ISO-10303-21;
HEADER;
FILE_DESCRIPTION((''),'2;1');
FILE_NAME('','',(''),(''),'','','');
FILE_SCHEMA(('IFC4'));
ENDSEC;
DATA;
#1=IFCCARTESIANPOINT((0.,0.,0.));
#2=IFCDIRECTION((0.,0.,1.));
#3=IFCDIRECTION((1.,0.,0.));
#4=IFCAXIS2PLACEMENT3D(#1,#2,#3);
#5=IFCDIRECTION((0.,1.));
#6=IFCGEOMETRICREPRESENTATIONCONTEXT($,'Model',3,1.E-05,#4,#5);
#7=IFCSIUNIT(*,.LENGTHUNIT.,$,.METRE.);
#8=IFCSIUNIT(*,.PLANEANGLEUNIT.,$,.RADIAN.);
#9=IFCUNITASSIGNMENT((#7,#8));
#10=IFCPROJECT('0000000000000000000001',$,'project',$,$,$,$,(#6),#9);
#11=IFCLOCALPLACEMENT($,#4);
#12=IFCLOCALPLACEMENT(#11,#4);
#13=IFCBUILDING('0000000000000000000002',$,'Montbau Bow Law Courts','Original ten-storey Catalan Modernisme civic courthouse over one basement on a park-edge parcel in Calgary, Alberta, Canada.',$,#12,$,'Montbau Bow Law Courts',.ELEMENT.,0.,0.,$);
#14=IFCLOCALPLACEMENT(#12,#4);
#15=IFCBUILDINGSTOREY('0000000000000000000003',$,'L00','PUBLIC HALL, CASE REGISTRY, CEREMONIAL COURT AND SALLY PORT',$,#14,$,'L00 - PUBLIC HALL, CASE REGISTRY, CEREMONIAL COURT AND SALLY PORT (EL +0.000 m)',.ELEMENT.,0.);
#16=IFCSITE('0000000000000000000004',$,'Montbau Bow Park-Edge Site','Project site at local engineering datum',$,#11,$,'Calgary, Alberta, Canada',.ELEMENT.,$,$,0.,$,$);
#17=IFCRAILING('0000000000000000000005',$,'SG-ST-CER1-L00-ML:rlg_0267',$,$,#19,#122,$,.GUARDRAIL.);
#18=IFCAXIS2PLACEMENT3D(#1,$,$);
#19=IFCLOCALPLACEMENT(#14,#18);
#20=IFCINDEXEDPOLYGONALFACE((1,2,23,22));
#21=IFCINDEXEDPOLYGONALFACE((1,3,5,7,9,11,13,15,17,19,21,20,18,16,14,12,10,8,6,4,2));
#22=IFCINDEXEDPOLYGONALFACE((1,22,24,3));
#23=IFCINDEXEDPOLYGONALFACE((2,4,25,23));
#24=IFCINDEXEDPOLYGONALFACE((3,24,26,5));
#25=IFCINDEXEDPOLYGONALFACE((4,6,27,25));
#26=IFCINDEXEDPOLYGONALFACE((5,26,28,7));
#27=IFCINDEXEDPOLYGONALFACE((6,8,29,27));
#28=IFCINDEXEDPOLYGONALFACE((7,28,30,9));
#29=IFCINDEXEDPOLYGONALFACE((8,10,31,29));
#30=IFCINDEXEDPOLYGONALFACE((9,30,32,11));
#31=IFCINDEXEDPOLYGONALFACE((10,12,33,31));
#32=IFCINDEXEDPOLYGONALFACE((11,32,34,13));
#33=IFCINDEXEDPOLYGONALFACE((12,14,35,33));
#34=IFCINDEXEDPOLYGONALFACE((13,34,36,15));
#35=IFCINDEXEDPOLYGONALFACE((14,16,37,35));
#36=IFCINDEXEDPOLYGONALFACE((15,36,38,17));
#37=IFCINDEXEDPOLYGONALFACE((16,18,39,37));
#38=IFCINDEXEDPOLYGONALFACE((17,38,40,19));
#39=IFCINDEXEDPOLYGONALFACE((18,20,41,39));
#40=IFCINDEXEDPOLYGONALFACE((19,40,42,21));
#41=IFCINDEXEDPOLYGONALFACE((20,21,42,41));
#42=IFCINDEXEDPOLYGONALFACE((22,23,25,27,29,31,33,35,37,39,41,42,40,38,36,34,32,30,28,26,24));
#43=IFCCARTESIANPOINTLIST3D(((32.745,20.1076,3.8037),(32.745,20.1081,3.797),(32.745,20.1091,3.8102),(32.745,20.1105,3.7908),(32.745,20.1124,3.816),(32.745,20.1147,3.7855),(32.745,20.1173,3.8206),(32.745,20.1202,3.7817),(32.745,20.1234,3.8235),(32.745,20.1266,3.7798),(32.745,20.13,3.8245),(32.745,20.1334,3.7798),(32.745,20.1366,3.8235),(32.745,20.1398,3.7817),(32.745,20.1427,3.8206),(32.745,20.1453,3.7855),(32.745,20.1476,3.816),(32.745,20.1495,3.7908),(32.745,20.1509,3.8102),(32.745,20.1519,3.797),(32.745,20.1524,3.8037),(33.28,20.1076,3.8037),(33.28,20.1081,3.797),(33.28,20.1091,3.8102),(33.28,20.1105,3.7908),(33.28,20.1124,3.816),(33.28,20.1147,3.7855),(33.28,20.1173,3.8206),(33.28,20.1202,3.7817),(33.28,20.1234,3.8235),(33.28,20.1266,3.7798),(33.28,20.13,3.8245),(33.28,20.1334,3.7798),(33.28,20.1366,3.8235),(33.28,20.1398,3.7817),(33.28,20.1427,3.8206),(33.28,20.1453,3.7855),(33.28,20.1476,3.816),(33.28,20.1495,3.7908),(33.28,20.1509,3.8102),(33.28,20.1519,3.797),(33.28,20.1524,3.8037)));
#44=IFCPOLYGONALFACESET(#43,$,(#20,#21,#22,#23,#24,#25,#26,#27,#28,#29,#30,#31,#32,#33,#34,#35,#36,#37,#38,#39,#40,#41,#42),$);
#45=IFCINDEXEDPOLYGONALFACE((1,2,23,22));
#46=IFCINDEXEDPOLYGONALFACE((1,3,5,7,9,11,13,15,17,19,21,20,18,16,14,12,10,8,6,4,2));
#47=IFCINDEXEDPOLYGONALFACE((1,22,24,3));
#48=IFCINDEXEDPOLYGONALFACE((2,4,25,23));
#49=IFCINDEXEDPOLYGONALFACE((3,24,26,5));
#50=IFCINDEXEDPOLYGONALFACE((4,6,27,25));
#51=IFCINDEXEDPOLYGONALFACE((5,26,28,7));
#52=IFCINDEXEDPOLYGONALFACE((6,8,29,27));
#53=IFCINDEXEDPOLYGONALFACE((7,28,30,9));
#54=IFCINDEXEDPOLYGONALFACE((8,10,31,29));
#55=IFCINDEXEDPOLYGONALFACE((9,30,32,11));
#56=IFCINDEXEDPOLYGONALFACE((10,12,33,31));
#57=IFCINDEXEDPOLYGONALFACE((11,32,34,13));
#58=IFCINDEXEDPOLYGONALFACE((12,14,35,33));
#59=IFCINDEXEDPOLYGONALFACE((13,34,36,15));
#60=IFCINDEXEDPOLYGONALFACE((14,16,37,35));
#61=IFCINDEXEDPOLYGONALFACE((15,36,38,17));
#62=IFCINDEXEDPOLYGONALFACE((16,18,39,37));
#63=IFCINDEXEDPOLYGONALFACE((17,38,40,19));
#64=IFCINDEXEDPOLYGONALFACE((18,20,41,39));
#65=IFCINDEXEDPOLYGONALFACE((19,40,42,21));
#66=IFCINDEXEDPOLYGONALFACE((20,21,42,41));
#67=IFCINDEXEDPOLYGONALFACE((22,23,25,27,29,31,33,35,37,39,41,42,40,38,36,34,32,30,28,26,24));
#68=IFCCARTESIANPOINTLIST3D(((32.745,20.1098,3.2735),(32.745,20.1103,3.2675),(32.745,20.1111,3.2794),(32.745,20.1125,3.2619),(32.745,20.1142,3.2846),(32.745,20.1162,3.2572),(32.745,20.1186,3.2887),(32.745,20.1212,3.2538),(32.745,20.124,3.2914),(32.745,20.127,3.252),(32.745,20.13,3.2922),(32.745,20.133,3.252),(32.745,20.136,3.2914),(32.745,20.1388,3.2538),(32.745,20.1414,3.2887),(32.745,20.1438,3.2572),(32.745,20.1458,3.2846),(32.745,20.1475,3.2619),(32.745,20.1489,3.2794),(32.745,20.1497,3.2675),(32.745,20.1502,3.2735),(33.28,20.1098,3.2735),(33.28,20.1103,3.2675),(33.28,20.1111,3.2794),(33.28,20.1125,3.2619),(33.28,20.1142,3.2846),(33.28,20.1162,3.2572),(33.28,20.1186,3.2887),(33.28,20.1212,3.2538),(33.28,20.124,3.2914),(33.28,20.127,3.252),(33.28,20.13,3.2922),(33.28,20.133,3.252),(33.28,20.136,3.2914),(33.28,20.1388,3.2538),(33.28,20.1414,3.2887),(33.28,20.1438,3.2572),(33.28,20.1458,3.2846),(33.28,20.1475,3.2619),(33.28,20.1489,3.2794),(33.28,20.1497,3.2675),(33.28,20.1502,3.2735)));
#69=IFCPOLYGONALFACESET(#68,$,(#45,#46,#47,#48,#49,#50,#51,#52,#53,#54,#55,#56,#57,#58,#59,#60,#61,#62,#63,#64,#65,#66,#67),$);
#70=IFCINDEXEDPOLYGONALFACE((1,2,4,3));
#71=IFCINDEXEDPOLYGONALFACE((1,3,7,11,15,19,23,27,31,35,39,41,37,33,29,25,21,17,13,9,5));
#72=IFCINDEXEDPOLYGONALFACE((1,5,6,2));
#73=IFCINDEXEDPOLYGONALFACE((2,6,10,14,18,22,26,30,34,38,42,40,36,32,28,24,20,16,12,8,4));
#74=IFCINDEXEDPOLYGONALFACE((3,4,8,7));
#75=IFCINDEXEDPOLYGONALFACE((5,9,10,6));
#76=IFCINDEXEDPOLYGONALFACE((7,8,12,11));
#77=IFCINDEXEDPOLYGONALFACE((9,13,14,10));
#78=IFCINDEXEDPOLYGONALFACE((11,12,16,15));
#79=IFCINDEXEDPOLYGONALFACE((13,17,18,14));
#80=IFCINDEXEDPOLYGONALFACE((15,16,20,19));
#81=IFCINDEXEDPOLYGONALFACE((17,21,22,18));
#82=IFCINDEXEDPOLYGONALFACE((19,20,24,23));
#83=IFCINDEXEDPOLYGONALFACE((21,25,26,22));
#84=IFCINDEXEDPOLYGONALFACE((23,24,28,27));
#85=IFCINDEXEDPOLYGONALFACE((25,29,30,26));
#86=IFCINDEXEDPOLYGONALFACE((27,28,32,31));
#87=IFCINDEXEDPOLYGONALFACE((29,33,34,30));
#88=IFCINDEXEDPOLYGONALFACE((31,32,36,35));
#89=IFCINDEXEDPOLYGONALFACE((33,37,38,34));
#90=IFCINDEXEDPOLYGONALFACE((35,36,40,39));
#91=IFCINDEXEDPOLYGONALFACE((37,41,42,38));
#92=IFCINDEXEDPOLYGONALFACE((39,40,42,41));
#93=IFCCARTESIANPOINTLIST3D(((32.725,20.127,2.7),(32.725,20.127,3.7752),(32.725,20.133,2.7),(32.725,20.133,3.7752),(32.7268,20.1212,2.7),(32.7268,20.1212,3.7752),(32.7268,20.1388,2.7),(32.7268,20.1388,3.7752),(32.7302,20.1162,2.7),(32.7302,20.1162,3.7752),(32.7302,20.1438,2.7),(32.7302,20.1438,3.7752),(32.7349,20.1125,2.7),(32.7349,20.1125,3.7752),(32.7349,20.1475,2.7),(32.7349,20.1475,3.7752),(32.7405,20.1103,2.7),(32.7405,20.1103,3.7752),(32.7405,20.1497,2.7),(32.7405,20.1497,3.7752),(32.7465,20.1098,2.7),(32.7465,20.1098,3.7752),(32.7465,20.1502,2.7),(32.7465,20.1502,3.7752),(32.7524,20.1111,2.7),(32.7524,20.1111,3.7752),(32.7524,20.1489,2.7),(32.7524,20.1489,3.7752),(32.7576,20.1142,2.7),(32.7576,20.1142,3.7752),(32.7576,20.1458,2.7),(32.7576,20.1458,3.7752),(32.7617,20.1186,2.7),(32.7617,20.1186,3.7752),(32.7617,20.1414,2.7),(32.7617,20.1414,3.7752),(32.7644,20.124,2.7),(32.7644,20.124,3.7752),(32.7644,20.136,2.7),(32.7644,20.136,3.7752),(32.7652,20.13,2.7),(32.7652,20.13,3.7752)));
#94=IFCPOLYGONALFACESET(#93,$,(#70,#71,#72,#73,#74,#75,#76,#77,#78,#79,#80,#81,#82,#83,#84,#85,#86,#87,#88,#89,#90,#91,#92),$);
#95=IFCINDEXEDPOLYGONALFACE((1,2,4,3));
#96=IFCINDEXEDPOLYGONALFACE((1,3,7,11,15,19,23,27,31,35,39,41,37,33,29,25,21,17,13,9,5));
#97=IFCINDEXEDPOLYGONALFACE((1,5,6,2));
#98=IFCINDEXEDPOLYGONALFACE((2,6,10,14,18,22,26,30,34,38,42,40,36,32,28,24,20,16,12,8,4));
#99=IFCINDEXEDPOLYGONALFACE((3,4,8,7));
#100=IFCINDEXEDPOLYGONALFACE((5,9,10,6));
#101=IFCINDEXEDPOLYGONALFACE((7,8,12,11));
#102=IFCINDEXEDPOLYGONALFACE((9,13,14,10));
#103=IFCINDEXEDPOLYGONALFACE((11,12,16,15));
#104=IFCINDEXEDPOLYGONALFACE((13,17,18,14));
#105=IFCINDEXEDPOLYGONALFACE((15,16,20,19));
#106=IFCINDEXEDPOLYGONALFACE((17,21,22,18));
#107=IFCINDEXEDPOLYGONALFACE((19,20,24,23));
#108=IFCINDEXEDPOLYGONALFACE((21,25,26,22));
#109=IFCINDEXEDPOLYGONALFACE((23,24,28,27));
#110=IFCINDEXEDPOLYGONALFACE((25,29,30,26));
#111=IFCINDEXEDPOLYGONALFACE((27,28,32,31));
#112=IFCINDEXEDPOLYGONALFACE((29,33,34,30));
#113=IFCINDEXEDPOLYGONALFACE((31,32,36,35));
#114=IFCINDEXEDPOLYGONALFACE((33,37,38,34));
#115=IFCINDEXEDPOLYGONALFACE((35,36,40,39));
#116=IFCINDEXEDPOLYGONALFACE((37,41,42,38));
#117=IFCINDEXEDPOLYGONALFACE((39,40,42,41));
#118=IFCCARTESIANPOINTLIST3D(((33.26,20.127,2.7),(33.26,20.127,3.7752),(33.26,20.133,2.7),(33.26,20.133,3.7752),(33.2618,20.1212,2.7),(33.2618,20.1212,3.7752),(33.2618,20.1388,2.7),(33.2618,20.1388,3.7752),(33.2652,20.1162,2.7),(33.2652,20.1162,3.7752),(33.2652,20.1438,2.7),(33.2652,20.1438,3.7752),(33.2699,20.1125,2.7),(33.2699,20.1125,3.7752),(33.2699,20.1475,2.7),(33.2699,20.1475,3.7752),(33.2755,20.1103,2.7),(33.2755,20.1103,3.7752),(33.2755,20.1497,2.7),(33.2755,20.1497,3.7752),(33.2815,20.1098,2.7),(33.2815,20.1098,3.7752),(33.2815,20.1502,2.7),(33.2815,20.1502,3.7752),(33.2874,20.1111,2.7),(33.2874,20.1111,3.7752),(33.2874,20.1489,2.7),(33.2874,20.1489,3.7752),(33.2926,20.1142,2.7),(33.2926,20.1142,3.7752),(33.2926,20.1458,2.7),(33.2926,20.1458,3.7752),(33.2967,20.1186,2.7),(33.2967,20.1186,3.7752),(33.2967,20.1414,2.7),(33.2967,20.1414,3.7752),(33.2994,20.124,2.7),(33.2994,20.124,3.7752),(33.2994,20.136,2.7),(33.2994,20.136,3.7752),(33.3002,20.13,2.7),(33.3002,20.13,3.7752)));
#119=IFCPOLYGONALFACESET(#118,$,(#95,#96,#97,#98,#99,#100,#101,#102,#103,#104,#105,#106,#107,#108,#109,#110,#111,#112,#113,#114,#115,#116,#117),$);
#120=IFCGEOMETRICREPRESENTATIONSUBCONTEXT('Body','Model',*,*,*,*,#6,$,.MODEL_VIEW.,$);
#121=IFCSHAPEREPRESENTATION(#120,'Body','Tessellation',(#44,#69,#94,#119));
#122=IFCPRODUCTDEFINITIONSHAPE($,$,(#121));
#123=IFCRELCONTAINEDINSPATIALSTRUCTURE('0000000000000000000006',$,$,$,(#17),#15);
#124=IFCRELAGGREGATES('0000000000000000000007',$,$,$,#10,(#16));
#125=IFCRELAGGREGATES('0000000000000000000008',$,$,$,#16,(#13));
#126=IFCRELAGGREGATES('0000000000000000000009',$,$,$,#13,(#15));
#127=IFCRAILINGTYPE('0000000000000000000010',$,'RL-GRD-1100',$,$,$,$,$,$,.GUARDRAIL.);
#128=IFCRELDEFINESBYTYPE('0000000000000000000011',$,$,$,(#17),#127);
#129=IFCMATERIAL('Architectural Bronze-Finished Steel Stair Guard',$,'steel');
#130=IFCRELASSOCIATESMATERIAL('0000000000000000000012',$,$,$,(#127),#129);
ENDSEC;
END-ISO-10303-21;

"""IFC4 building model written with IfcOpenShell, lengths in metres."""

from ifc_helpers import new_model, si_unit, direction, frame, origin_with_axes, origin_2d_with_axis, place, context, subcontext, project, spatial, circle, extrude, material, type_object, element, save


model = new_model("IFC4")

# Units and contexts
model_context = context("Model", 3, precision=1e-05, world=origin_with_axes(), true_north=direction((0.0, 1.0)))
body_context = subcontext(model_context, "Body", "Model", "MODEL_VIEW")
ifc_project = project(units=[si_unit("LENGTHUNIT", "METRE"), si_unit("PLANEANGLEUNIT", "RADIAN")], contexts=[model_context])

# Site, building, storey
site_placement = place(None, origin_with_axes())
site = spatial("IfcSite", under=ifc_project, at=site_placement, Name="Montbau Bow Park-Edge Site", Description="Project site at local engineering datum", LongName="Calgary, Alberta, Canada", CompositionType="ELEMENT", RefElevation=0.0)
building_placement = place(site_placement, origin_with_axes())
building = spatial("IfcBuilding", under=site, at=building_placement, Name="Montbau Bow Law Courts", Description="Original ten-storey Catalan Modernisme civic courthouse over one basement on a park-edge parcel in Calgary, Alberta, Canada.", LongName="Montbau Bow Law Courts", CompositionType="ELEMENT", ElevationOfRefHeight=0.0, ElevationOfTerrain=0.0)
storey_placement = place(building_placement, origin_with_axes())
storey = spatial("IfcBuildingStorey", under=building, at=storey_placement, Name="L00", Description="PUBLIC HALL, CASE REGISTRY, CEREMONIAL COURT AND SALLY PORT", LongName="L00 - PUBLIC HALL, CASE REGISTRY, CEREMONIAL COURT AND SALLY PORT (EL +0.000 m)", CompositionType="ELEMENT", Elevation=0.0)

# Railing
ifc_material_1 = material(Name="Architectural Bronze-Finished Steel Stair Guard", Category="steel")
railing_type_1 = type_object("IfcRailingType", Name="RL-GRD-1100", PredefinedType="GUARDRAIL", material=ifc_material_1)
railing_1_placement = place(None, origin_with_axes())
element("IfcRailing", 1, at=railing_1_placement, inside=storey, type_object=railing_type_1, Name="SG-ST-CER1-L00-ML:rlg_0267", PredefinedType="GUARDRAIL", context=body_context, shape_type="SweptSolid", body=[
    extrude(circle(Radius=0.0225, at=origin_2d_with_axis()), frame((32.745, 20.13, 3.802), z_axis=(1.0, 0.0, 0.0), x_axis=(0.0, 0.0, 1.0)), (0.0, 0.0, 1.0), 0.535),
    extrude(circle(Radius=0.0203, at=origin_2d_with_axis()), frame((32.745, 20.13, 3.272), z_axis=(1.0, 0.0, 0.0), x_axis=(0.0, 0.0, 1.0)), (0.0, 0.0, 1.0), 0.535),
    extrude(circle(Radius=0.0203, at=origin_2d_with_axis()), frame((32.745, 20.13, 2.7), z_axis=(0.0, 0.0, 1.0), x_axis=(1.0, 0.0, 0.0)), (0.0, 0.0, 1.0), 1.0753),
    extrude(circle(Radius=0.0203, at=origin_2d_with_axis()), frame((33.28, 20.13, 2.7), z_axis=(0.0, 0.0, 1.0), x_axis=(1.0, 0.0, 0.0)), (0.0, 0.0, 1.0), 1.0753),
])

save(model, "model.ifc")
